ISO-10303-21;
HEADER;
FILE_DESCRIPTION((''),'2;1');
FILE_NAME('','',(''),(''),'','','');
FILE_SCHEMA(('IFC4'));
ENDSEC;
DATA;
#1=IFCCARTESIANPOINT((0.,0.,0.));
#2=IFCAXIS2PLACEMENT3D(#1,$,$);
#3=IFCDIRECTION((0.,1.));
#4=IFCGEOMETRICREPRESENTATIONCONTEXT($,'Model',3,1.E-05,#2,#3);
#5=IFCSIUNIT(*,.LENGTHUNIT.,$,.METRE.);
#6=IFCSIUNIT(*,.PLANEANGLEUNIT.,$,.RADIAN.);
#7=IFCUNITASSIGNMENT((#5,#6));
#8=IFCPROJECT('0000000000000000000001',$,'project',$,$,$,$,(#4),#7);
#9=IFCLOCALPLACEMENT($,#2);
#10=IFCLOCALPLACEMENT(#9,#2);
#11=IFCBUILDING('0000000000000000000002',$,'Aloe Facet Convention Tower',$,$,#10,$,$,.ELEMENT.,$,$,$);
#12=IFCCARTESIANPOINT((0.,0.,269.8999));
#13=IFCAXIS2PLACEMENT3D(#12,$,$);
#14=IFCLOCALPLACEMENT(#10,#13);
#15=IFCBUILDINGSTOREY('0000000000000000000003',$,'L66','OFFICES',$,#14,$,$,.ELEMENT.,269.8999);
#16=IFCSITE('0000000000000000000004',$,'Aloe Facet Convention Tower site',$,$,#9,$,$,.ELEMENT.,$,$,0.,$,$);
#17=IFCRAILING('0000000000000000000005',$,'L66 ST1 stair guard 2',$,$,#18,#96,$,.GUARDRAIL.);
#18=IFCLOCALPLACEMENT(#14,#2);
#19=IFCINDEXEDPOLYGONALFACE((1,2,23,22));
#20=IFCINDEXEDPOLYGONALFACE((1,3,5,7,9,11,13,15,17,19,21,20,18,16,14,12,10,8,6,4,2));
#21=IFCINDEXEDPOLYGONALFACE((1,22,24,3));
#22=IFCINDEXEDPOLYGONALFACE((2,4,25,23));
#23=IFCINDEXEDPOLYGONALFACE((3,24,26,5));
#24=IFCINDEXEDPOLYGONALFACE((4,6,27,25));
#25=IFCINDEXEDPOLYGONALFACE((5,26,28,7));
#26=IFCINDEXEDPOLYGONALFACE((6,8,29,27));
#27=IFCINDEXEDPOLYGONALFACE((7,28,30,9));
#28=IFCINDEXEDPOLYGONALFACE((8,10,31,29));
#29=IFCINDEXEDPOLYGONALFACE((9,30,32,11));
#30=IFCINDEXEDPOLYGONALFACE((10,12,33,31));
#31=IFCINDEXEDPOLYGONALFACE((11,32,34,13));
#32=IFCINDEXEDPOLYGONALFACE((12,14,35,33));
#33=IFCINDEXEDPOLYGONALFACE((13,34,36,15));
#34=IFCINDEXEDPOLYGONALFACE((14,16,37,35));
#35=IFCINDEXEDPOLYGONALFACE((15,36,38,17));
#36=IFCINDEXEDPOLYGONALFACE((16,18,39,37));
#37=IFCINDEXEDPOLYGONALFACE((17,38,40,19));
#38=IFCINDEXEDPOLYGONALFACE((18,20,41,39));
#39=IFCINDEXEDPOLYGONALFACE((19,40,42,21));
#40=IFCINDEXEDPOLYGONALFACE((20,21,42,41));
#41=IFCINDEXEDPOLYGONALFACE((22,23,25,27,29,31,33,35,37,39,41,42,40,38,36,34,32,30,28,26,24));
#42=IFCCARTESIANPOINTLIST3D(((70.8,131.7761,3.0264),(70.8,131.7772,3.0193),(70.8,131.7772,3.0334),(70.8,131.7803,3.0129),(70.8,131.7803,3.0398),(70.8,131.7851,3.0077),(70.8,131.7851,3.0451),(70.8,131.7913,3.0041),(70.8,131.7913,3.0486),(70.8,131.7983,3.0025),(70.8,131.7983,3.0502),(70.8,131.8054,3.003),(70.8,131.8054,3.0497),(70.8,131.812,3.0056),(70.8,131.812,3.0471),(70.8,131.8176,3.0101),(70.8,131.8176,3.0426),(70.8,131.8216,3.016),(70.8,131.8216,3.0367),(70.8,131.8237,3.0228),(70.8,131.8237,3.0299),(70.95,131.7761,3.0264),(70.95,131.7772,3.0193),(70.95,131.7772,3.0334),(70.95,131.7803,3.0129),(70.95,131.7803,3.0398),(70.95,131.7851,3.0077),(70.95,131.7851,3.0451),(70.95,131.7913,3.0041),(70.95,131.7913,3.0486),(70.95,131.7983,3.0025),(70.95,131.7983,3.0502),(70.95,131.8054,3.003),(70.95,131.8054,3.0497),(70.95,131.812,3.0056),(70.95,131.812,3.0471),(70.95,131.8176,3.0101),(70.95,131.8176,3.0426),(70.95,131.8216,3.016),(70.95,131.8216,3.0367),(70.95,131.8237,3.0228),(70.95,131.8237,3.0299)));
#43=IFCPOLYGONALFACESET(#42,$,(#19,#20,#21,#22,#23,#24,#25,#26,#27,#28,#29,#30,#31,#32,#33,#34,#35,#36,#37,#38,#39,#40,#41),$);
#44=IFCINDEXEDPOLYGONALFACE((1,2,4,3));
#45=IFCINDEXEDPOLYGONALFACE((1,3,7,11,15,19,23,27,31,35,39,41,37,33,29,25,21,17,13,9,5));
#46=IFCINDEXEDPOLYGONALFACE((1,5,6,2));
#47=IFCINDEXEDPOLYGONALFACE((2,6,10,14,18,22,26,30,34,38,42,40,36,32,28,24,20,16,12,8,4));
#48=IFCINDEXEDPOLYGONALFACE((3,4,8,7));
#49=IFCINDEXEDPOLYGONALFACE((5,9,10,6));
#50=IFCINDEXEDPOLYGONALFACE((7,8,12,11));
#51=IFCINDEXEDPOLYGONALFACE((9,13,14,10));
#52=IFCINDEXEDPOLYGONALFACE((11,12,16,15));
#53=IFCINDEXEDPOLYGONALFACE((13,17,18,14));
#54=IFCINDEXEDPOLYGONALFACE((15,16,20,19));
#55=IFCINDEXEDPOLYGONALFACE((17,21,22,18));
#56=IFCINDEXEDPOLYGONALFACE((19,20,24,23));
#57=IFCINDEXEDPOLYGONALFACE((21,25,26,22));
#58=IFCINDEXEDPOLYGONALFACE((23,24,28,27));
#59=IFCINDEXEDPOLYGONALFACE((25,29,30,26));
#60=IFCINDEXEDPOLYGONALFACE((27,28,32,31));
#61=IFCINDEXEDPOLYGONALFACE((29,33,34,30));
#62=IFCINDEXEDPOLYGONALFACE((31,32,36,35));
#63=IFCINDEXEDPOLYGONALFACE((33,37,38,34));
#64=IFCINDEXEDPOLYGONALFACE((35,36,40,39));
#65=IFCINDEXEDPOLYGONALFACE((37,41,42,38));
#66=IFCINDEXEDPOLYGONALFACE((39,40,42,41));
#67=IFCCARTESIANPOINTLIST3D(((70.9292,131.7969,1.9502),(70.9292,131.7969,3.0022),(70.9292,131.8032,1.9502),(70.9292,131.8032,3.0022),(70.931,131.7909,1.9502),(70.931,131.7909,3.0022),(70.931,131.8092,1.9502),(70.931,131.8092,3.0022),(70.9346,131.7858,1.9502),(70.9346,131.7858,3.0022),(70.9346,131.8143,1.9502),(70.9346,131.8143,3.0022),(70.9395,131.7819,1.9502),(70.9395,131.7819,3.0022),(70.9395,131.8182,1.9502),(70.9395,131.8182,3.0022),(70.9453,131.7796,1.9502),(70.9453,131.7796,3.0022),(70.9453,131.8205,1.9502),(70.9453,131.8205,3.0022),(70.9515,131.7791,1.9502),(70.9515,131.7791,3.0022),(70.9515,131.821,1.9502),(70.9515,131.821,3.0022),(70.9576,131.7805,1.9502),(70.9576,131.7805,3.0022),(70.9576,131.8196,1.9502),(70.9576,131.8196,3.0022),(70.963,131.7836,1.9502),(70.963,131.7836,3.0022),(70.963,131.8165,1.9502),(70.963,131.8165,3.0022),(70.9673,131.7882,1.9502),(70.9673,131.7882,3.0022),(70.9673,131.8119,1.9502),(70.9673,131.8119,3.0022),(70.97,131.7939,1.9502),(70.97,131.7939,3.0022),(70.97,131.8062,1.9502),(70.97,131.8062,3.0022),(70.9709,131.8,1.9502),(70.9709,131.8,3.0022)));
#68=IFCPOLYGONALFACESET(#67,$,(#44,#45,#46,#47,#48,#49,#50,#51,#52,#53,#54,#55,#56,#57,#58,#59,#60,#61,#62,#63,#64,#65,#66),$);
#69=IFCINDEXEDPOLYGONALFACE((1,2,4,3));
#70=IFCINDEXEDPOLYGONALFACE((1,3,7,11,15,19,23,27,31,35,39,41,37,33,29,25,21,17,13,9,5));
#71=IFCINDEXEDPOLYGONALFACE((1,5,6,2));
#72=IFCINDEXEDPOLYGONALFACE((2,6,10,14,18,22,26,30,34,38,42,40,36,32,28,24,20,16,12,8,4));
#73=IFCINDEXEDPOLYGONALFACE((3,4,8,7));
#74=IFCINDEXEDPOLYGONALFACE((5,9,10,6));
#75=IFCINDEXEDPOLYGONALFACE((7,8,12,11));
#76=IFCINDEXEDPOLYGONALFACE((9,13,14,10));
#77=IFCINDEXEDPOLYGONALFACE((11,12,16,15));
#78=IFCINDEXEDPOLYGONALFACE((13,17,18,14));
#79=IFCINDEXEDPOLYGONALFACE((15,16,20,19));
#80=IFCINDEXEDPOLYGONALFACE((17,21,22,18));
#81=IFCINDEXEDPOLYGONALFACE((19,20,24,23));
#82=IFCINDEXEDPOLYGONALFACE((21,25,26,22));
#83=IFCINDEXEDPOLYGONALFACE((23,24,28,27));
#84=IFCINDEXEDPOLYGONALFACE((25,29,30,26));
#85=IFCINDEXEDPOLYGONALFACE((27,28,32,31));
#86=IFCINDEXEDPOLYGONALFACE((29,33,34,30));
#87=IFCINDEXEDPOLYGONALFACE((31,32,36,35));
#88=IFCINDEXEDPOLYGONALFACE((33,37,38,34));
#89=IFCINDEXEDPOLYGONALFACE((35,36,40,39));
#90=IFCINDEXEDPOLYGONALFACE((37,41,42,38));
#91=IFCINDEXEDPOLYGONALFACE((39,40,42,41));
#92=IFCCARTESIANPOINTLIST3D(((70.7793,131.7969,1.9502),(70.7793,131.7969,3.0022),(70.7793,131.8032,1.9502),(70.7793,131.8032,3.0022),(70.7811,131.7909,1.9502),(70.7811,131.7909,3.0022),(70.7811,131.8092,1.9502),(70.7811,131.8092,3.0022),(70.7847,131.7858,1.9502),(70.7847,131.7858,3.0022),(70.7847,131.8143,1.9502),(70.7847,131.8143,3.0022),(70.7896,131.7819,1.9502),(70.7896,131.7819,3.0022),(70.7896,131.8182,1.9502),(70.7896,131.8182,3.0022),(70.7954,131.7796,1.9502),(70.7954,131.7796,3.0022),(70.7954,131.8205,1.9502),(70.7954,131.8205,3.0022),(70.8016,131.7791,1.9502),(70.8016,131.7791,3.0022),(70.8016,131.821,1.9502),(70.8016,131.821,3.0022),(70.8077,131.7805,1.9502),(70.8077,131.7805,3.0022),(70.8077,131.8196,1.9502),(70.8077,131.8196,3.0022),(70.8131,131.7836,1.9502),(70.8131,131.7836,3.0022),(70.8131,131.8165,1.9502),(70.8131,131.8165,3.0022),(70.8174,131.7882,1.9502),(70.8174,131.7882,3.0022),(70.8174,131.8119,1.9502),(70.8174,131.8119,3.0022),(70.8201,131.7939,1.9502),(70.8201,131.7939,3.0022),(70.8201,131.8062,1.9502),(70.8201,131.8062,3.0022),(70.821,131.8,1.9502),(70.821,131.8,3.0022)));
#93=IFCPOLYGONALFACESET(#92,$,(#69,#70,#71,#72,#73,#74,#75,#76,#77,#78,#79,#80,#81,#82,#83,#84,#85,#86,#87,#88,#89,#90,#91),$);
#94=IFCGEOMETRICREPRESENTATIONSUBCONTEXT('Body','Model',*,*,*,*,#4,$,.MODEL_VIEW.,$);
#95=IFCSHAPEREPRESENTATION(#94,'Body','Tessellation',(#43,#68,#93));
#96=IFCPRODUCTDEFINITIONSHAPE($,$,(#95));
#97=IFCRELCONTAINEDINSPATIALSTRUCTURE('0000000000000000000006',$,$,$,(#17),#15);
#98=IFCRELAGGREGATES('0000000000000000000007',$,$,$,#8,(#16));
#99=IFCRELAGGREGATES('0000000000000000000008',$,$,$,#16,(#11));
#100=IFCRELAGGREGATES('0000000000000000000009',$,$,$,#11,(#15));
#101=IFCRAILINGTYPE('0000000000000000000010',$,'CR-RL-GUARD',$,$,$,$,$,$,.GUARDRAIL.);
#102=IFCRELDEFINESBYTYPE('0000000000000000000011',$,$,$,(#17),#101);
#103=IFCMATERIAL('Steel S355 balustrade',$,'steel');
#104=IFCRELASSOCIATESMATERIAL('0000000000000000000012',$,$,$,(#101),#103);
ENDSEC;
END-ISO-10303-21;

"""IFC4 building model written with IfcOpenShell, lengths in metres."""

from ifc_helpers import new_model, si_unit, direction, frame, origin, origin_2d, place, context, subcontext, project, spatial, circle, extrude, material, type_object, element, save


model = new_model("IFC4")

# Units and contexts
model_context = context("Model", 3, precision=1e-05, world=origin(), true_north=direction((0.0, 1.0)))
body_context = subcontext(model_context, "Body", "Model", "MODEL_VIEW")
ifc_project = project(units=[si_unit("LENGTHUNIT", "METRE"), si_unit("PLANEANGLEUNIT", "RADIAN")], contexts=[model_context])

# Site, building, storey
site_placement = place(None, origin())
site = spatial("IfcSite", under=ifc_project, at=site_placement, Name="Aloe Facet Convention Tower site", CompositionType="ELEMENT", RefElevation=0.0)
building_placement = place(site_placement, origin())
building = spatial("IfcBuilding", under=site, at=building_placement, Name="Aloe Facet Convention Tower", CompositionType="ELEMENT")
storey_placement = place(building_placement, frame((0.0, 0.0, 269.8999)))
storey = spatial("IfcBuildingStorey", under=building, at=storey_placement, Name="L66", Description="OFFICES", CompositionType="ELEMENT", Elevation=269.8999)

# Railing
ifc_material_1 = material(Name="Steel S355 balustrade", Category="steel")
railing_type_1 = type_object("IfcRailingType", Name="CR-RL-GUARD", PredefinedType="GUARDRAIL", material=ifc_material_1)
railing_1_placement = place(storey_placement, frame((70.95, 131.8, 1.9502)))
element("IfcRailing", 1, at=railing_1_placement, inside=storey, type_object=railing_type_1, Name="L66 ST1 stair guard 2", PredefinedType="GUARDRAIL", context=body_context, shape_type="SweptSolid", body=[
    extrude(circle(Radius=0.0239, at=origin_2d()), frame((0.0, 0.0, 1.0762), z_axis=(-1.0, 0.0, 0.0), x_axis=(0.0, -1.0, 0.0)), (0.0, 0.0, 1.0), 0.1499),
    extrude(circle(Radius=0.021, at=origin_2d()), origin(), (0.0, 0.0, 1.0), 1.052),
    extrude(circle(Radius=0.021, at=origin_2d()), frame((-0.1499, 0.0, 0.0)), (0.0, 0.0, 1.0), 1.052),
])

save(model, "model.ifc")
